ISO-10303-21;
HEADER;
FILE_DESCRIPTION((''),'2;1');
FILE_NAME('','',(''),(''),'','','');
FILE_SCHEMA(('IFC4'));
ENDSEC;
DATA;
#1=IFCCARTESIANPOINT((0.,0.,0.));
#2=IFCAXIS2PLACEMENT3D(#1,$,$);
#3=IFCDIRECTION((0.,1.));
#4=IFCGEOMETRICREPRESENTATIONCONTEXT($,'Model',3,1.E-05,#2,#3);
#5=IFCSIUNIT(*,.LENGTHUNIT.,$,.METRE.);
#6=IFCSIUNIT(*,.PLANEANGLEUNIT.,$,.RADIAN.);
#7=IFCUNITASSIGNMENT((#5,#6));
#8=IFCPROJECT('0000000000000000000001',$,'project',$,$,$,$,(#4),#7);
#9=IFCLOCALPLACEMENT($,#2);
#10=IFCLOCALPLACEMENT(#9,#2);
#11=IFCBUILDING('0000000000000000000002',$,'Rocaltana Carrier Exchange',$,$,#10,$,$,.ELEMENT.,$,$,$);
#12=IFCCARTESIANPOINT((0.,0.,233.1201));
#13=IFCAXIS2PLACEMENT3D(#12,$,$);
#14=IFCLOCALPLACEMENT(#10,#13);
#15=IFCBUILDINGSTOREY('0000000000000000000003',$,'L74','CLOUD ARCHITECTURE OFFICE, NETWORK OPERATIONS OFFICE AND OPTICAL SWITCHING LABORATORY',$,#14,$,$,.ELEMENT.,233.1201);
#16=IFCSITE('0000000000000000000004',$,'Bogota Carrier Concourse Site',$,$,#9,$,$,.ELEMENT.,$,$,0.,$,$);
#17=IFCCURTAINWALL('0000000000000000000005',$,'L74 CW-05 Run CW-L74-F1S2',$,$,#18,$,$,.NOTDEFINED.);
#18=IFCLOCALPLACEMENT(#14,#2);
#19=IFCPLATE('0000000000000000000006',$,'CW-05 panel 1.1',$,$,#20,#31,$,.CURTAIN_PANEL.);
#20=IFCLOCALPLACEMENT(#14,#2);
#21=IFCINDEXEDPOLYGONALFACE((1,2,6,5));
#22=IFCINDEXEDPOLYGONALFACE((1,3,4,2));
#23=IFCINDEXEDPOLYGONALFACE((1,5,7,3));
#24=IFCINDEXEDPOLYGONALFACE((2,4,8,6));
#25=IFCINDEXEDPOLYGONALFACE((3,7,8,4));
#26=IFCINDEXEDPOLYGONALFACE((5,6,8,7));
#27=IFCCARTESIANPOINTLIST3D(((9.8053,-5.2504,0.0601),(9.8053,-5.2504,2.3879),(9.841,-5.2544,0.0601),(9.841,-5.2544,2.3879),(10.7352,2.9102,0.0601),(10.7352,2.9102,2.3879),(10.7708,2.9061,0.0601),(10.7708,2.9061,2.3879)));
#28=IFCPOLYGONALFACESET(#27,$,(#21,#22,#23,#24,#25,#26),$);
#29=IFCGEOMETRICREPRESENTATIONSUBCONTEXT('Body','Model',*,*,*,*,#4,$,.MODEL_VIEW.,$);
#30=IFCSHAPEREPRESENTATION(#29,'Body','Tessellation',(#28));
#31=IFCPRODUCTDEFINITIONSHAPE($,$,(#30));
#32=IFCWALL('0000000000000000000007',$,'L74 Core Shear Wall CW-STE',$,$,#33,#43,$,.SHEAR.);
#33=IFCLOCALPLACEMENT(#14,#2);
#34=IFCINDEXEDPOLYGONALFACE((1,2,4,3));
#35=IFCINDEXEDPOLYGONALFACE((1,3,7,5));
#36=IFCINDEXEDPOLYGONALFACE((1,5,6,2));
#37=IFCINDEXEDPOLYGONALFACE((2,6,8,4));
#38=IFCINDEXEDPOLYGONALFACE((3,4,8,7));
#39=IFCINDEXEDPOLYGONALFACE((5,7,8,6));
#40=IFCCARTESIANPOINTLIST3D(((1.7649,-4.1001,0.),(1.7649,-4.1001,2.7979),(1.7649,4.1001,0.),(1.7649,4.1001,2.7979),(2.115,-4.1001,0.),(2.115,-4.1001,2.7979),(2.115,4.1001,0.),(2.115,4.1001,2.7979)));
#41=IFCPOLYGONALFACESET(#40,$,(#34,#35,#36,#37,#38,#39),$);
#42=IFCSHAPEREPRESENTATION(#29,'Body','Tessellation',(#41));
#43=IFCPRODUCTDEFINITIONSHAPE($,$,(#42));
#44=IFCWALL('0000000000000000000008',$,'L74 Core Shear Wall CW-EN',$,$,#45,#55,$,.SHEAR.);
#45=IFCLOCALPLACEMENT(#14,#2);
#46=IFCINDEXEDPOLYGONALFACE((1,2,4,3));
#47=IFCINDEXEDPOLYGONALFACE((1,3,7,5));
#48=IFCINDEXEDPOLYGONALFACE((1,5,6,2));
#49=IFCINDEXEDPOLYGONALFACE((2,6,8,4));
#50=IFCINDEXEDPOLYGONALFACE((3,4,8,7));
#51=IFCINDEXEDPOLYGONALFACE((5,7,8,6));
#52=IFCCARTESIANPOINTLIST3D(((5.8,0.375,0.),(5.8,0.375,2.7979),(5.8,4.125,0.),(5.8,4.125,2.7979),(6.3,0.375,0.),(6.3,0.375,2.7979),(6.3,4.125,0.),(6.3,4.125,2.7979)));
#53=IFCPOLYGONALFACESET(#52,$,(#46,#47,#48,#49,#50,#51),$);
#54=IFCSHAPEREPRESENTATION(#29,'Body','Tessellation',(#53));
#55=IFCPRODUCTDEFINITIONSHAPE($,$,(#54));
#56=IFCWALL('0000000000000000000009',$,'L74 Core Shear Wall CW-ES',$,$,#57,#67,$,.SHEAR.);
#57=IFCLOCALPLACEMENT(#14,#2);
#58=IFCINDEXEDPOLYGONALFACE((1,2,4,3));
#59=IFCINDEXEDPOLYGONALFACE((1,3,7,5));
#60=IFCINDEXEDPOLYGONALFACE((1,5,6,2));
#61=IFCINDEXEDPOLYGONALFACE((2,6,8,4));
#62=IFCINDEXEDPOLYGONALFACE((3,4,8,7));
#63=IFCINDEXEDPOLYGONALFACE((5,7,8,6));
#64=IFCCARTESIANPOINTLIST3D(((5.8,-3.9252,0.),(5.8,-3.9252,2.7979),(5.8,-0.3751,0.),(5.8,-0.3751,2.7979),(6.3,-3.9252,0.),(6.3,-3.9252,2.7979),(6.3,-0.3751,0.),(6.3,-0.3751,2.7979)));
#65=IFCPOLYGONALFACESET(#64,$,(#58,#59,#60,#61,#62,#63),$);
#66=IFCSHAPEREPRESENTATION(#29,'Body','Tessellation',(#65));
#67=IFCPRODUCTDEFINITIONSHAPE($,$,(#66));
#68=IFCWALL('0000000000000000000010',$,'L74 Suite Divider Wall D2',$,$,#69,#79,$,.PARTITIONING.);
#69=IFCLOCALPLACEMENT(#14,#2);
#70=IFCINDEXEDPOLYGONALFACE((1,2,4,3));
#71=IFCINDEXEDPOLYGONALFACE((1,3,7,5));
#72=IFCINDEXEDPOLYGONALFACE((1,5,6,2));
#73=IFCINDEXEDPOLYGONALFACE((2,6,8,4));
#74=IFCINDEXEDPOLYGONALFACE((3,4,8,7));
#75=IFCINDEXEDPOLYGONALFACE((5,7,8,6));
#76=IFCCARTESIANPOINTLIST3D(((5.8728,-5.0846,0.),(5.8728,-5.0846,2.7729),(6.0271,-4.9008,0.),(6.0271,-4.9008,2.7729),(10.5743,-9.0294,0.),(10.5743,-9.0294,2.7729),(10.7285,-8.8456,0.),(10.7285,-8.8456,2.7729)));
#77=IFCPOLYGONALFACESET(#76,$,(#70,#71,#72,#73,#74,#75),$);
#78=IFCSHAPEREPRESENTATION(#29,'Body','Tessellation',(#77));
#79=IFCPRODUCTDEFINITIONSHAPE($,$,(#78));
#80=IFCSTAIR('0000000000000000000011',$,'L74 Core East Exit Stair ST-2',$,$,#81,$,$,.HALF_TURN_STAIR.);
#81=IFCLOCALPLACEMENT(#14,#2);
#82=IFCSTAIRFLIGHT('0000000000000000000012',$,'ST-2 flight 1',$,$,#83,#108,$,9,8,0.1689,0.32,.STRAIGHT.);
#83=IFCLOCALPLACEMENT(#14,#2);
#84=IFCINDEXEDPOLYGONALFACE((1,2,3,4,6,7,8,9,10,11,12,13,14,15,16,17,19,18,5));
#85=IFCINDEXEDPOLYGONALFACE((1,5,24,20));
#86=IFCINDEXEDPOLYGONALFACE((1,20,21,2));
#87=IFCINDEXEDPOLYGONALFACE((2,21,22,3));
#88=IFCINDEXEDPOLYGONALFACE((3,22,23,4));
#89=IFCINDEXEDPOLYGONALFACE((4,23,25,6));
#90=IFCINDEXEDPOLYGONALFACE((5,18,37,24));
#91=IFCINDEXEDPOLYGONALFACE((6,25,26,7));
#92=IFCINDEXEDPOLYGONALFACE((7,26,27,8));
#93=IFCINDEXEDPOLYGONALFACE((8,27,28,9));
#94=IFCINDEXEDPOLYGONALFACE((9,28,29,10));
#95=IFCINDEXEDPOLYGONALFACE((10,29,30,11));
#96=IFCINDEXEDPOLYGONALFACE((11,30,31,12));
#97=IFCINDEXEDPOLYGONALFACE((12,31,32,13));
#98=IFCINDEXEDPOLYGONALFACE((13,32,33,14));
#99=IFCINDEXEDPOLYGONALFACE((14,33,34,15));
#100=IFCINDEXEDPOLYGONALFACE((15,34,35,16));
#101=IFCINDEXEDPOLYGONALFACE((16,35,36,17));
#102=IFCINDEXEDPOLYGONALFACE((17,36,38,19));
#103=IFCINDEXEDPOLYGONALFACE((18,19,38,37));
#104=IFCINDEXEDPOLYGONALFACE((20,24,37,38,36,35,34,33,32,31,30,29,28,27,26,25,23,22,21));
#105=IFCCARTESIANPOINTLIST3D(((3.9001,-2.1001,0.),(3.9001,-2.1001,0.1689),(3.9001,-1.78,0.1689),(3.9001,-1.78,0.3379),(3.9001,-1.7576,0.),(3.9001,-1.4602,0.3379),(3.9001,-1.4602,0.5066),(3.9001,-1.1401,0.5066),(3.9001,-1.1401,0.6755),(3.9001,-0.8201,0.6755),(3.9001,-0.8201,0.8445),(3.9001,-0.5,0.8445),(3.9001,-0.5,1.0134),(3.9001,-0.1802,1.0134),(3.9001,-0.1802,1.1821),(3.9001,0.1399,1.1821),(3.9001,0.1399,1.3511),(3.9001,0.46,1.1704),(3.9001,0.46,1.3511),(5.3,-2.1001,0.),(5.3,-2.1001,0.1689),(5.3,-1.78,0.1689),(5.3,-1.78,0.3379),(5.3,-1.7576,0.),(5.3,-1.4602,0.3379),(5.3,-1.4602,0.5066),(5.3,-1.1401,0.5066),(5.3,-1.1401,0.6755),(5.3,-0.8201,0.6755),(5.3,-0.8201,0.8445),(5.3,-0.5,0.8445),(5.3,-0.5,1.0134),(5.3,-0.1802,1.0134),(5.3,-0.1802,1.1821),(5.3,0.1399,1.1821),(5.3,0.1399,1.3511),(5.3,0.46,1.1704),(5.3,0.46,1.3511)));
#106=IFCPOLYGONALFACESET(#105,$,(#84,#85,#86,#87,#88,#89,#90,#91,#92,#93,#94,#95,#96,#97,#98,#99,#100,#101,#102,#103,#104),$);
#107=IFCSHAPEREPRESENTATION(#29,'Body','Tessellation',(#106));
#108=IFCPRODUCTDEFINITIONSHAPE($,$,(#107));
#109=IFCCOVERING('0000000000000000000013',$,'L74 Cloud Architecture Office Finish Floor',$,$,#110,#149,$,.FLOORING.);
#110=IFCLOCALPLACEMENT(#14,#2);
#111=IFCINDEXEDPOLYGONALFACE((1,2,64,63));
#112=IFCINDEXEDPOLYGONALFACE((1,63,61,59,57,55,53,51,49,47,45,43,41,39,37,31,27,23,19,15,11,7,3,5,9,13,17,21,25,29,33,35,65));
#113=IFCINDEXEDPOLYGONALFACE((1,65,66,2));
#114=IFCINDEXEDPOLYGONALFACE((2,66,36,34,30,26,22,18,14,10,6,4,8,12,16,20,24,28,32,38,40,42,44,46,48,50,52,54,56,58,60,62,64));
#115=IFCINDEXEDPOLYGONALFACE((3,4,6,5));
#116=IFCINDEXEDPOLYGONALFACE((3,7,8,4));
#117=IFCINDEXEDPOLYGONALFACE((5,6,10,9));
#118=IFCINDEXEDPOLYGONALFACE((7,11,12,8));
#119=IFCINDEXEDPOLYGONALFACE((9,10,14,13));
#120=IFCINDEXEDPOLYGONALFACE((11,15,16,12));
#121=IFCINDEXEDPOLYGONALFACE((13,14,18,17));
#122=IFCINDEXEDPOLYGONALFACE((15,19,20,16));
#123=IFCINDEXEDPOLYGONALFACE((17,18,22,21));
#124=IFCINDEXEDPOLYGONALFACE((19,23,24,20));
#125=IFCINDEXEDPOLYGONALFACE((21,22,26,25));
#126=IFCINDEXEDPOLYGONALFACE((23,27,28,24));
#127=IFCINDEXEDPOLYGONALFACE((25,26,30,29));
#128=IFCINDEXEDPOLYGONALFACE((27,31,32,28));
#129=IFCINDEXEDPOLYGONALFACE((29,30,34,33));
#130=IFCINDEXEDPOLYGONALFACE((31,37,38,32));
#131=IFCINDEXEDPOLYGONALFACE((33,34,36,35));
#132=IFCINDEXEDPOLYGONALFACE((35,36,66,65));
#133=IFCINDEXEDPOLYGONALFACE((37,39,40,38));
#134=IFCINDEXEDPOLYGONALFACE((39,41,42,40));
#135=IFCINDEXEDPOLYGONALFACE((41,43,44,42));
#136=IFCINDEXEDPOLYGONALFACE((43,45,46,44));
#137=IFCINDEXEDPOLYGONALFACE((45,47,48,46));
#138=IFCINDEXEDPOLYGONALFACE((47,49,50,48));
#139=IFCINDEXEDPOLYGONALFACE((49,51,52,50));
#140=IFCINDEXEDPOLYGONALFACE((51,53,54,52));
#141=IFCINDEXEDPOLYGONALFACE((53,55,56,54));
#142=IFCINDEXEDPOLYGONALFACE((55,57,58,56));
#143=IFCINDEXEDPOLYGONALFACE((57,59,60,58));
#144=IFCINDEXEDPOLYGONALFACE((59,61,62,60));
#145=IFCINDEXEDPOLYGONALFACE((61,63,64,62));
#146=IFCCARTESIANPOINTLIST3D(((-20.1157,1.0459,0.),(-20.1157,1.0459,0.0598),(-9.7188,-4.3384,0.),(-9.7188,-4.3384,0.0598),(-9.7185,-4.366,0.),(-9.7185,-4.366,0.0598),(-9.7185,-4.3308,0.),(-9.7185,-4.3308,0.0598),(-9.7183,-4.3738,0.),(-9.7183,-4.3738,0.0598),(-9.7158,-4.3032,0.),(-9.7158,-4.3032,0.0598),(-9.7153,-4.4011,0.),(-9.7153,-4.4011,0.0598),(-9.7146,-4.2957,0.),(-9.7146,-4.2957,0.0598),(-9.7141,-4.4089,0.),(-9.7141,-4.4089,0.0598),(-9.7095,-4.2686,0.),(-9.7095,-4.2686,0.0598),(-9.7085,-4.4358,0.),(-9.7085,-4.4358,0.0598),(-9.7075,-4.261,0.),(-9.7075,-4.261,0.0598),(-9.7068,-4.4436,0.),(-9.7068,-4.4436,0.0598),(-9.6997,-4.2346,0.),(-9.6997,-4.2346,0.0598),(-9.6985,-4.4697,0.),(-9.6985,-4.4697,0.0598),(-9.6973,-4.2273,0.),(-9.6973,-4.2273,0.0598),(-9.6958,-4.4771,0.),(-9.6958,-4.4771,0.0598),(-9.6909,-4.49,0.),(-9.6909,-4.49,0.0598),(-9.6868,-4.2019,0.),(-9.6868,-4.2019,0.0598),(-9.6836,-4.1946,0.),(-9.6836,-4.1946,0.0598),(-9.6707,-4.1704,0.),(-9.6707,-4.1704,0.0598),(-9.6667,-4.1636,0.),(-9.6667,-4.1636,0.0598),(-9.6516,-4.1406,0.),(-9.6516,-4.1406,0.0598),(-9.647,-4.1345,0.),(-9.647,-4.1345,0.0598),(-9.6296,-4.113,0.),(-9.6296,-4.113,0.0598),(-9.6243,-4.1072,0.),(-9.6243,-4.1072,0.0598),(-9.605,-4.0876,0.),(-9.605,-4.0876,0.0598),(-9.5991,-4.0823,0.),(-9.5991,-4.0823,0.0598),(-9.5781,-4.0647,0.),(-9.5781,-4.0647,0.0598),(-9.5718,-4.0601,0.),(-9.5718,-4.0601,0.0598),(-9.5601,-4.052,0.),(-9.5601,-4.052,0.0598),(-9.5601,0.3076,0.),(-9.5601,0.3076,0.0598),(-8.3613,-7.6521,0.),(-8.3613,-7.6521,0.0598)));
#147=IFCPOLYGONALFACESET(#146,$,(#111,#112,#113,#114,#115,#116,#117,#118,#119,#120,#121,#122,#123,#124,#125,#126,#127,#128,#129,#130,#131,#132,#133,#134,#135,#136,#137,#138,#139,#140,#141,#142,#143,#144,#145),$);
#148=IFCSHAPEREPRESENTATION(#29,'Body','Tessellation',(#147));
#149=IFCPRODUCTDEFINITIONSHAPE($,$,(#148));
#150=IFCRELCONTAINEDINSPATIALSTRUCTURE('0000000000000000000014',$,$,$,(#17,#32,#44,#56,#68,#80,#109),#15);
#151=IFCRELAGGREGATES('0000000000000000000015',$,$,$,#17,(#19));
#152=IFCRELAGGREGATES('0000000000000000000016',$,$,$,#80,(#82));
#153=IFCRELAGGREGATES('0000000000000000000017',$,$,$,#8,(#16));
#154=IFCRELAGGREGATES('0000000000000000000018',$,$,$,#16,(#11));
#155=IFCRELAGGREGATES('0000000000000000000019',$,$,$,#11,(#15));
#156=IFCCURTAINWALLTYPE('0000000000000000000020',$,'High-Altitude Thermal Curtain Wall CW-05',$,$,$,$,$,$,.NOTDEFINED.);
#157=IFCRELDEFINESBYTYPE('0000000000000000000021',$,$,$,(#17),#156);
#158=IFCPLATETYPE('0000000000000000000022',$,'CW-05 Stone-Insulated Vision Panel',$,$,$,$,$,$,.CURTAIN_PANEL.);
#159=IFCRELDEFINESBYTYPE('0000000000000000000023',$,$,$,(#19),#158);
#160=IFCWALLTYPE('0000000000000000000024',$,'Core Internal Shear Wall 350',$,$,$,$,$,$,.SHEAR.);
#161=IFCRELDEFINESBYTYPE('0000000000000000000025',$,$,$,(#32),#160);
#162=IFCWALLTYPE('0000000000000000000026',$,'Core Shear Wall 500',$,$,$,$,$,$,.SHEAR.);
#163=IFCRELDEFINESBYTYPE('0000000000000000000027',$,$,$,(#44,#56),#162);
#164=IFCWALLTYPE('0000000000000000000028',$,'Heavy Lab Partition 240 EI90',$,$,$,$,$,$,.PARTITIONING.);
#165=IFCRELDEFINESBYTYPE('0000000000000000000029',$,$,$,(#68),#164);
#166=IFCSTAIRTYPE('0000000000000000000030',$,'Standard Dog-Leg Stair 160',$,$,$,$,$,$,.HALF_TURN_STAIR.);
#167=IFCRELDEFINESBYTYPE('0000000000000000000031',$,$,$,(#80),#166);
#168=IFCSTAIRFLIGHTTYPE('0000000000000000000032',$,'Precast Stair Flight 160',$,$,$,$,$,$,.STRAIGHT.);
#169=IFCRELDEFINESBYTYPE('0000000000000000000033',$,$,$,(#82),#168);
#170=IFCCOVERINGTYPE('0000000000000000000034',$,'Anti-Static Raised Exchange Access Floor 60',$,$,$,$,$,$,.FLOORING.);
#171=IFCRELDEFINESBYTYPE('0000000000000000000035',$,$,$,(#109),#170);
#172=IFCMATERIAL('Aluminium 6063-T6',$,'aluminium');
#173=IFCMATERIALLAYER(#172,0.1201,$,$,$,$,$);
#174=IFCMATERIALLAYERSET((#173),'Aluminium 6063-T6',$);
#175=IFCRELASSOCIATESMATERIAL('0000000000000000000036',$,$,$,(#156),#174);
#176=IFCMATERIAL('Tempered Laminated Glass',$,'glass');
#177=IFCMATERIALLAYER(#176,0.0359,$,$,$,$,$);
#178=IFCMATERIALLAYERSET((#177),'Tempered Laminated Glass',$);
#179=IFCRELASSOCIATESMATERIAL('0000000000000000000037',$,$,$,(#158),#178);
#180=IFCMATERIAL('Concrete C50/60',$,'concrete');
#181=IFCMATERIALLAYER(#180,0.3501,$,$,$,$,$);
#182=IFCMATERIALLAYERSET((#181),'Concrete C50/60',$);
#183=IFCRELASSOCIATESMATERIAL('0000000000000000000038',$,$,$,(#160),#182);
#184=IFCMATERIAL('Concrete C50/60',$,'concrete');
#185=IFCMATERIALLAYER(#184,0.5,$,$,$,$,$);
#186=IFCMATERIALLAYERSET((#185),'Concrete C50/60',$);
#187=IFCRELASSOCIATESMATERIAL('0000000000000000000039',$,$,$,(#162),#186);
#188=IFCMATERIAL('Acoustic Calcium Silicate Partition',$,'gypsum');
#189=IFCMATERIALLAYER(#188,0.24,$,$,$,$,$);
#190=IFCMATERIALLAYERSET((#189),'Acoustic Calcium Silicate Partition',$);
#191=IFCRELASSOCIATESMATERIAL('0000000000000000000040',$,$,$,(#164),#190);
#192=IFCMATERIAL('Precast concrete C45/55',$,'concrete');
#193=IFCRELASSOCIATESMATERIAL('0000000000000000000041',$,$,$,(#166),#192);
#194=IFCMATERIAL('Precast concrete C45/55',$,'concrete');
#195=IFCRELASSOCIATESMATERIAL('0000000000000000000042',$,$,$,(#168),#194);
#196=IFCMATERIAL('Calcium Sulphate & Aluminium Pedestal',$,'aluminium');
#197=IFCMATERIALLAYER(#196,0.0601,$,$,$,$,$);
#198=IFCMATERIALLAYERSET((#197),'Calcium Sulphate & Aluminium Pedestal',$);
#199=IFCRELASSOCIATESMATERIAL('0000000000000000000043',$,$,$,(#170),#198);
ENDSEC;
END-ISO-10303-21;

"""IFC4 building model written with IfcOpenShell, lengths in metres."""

from ifc_helpers import new_model, si_unit, direction, frame, frame_2d, origin, origin_2d, place, context, subcontext, project, spatial, polyline, rectangle, outline, extrude, material, layer, layer_set, type_object, element, aggregate, save


model = new_model("IFC4")

# Units and contexts
model_context = context("Model", 3, precision=1e-05, world=origin(), true_north=direction((0.0, 1.0)))
body_context = subcontext(model_context, "Body", "Model", "MODEL_VIEW")
ifc_project = project(units=[si_unit("LENGTHUNIT", "METRE"), si_unit("PLANEANGLEUNIT", "RADIAN")], contexts=[model_context])

# Site, building, storey
site_placement = place(None, origin())
site = spatial("IfcSite", under=ifc_project, at=site_placement, Name="Bogota Carrier Concourse Site", CompositionType="ELEMENT", RefElevation=0.0)
building_placement = place(site_placement, origin())
building = spatial("IfcBuilding", under=site, at=building_placement, Name="Rocaltana Carrier Exchange", CompositionType="ELEMENT")
storey_placement = place(building_placement, frame((0.0, 0.0, 233.1201)))
storey = spatial("IfcBuildingStorey", under=building, at=storey_placement, Name="L74", Description="CLOUD ARCHITECTURE OFFICE, NETWORK OPERATIONS OFFICE AND OPTICAL SWITCHING LABORATORY", CompositionType="ELEMENT", Elevation=233.1201)

# Curtain wall
ifc_material_1 = material(Name="Aluminium 6063-T6", Category="aluminium")
ifc_layer_1 = layer(ifc_material_1, 0.1201)
ifc_layer_set_1 = layer_set([ifc_layer_1], Name="Aluminium 6063-T6")
curtain_wall_type = type_object("IfcCurtainWallType", Name="High-Altitude Thermal Curtain Wall CW-05", PredefinedType="NOTDEFINED", material=ifc_layer_set_1)
curtain_wall_placement = place(storey_placement, origin())
curtain_wall = element("IfcCurtainWall", 1, at=curtain_wall_placement, inside=storey, type_object=curtain_wall_type, Name="L74 CW-05 Run CW-L74-F1S2", PredefinedType="NOTDEFINED")

# Plate
ifc_material_2 = material(Name="Tempered Laminated Glass", Category="glass")
ifc_layer_2 = layer(ifc_material_2, 0.0359)
ifc_layer_set_2 = layer_set([ifc_layer_2], Name="Tempered Laminated Glass")
plate_type = type_object("IfcPlateType", Name="CW-05 Stone-Insulated Vision Panel", PredefinedType="CURTAIN_PANEL", material=ifc_layer_set_2)
plate_placement = place(storey_placement, frame((10.2881, -1.1721, 0.0601), z_axis=(0.0, 0.0, 1.0), x_axis=(0.113209, 0.993571, 0.0)))
plate = element("IfcPlate", 2, at=plate_placement, type_object=plate_type, Name="CW-05 panel 1.1", PredefinedType="CURTAIN_PANEL", context=body_context, shape_type="SweptSolid", body=[
    extrude(rectangle(XDim=8.2134, YDim=0.0359, at=origin_2d()), origin(), (0.0, 0.0, 1.0), 2.3279),
])
aggregate(curtain_wall, [plate])

# Walls
ifc_material_3 = material(Name="Concrete C50/60", Category="concrete")
ifc_layer_3 = layer(ifc_material_3, 0.3501)
ifc_layer_set_3 = layer_set([ifc_layer_3], Name="Concrete C50/60")
wall_type_1 = type_object("IfcWallType", Name="Core Internal Shear Wall 350", PredefinedType="SHEAR", material=ifc_layer_set_3)
wall_1_placement = place(storey_placement, frame((1.9399, -4.1001, 0.0), z_axis=(0.0, 0.0, 1.0), x_axis=(0.0, 1.0, 0.0)))
element("IfcWall", 3, at=wall_1_placement, inside=storey, type_object=wall_type_1, Name="L74 Core Shear Wall CW-STE", PredefinedType="SHEAR", context=body_context, shape_type="SweptSolid", body=[
    extrude(rectangle(XDim=8.2002, YDim=0.3501, at=frame_2d((4.1001, 0.0))), origin(), (0.0, 0.0, 1.0), 2.7979),
])
ifc_material_4 = material(Name="Concrete C50/60", Category="concrete")
ifc_layer_4 = layer(ifc_material_4, 0.5)
ifc_layer_set_4 = layer_set([ifc_layer_4], Name="Concrete C50/60")
wall_type_2 = type_object("IfcWallType", Name="Core Shear Wall 500", PredefinedType="SHEAR", material=ifc_layer_set_4)
wall_2_placement = place(storey_placement, frame((6.05, 0.375, 0.0), z_axis=(0.0, 0.0, 1.0), x_axis=(0.0, 1.0, 0.0)))
element("IfcWall", 4, at=wall_2_placement, inside=storey, type_object=wall_type_2, Name="L74 Core Shear Wall CW-EN", PredefinedType="SHEAR", context=body_context, shape_type="SweptSolid", body=[
    extrude(rectangle(XDim=3.75, YDim=0.5, at=frame_2d((1.875, 0.0))), origin(), (0.0, 0.0, 1.0), 2.7979),
])
wall_3_placement = place(storey_placement, frame((6.05, -3.925, 0.0), z_axis=(0.0, 0.0, 1.0), x_axis=(0.0, 1.0, 0.0)))
element("IfcWall", 5, at=wall_3_placement, inside=storey, type_object=wall_type_2, Name="L74 Core Shear Wall CW-ES", PredefinedType="SHEAR", context=body_context, shape_type="SweptSolid", body=[
    extrude(rectangle(XDim=3.55, YDim=0.5, at=frame_2d((1.7749, 0.0))), origin(), (0.0, 0.0, 1.0), 2.7979),
])
ifc_material_5 = material(Name="Acoustic Calcium Silicate Partition", Category="gypsum")
ifc_layer_5 = layer(ifc_material_5, 0.24)
ifc_layer_set_5 = layer_set([ifc_layer_5], Name="Acoustic Calcium Silicate Partition")
wall_type_3 = type_object("IfcWallType", Name="Heavy Lab Partition 240 EI90", PredefinedType="PARTITIONING", material=ifc_layer_set_5)
wall_4_placement = place(storey_placement, frame((5.95, -4.9927, 0.0), z_axis=(0.0, 0.0, 1.0), x_axis=(0.766055, -0.642775, 0.0)))
element("IfcWall", 6, at=wall_4_placement, inside=storey, type_object=wall_type_3, Name="L74 Suite Divider Wall D2", PredefinedType="PARTITIONING", context=body_context, shape_type="SweptSolid", body=[
    extrude(rectangle(XDim=6.1372, YDim=0.24, at=frame_2d((3.0686, 0.0))), origin(), (0.0, 0.0, 1.0), 2.7729),
])

# Stair, stair flight
ifc_material_6 = material(Name="Precast concrete C45/55", Category="concrete")
stair_type = type_object("IfcStairType", Name="Standard Dog-Leg Stair 160", PredefinedType="HALF_TURN_STAIR", material=ifc_material_6)
stair_placement = place(storey_placement, origin())
stair = element("IfcStair", 7, at=stair_placement, inside=storey, type_object=stair_type, Name="L74 Core East Exit Stair ST-2", PredefinedType="HALF_TURN_STAIR")
ifc_material_7 = material(Name="Precast concrete C45/55", Category="concrete")
stair_flight_type = type_object("IfcStairFlightType", Name="Precast Stair Flight 160", PredefinedType="STRAIGHT", material=ifc_material_7)
stair_flight_placement = place(storey_placement, frame((4.6001, -2.1001, 0.0), z_axis=(0.0, 0.0, 1.0), x_axis=(0.0, 1.0, 0.0)))
stair_flight = element("IfcStairFlight", 8, at=stair_flight_placement, type_object=stair_flight_type, Name="ST-2 flight 1", NumberOfRisers=9, NumberOfTreads=8, PredefinedType="STRAIGHT", RiserHeight=0.1689, TreadLength=0.32, context=body_context, shape_type="SweptSolid", body=[
    extrude(outline(polyline([(0.0, 0.0), (0.0, 0.1689), (0.3201, 0.1689), (0.3201, 0.3379), (0.6399, 0.3379), (0.6399, 0.5066), (0.96, 0.5066), (0.96, 0.6755), (1.28, 0.6755), (1.28, 0.8445), (1.6001, 0.8445), (1.6001, 1.0134), (1.9199, 1.0134), (1.9199, 1.1821), (2.24, 1.1821), (2.24, 1.3511), (2.5601, 1.3511), (2.5601, 1.52), (2.5601, 1.1704), (0.3425, 0.0), (0.0, 0.0)])), frame((0.0, 0.7, 0.0), z_axis=(0.0, -1.0, 0.0), x_axis=(1.0, 0.0, 0.0)), (0.0, 0.0, 1.0), 1.3999),
])
aggregate(stair, [stair_flight])

# Covering
ifc_material_8 = material(Name="Calcium Sulphate & Aluminium Pedestal", Category="aluminium")
ifc_layer_6 = layer(ifc_material_8, 0.0601)
ifc_layer_set_6 = layer_set([ifc_layer_6], Name="Calcium Sulphate & Aluminium Pedestal")
covering_type_1 = type_object("IfcCoveringType", Name="Anti-Static Raised Exchange Access Floor 60", PredefinedType="FLOORING", material=ifc_layer_set_6)
covering_1_placement = place(storey_placement, origin())
element("IfcCovering", 9, at=covering_1_placement, inside=storey, type_object=covering_type_1, Name="L74 Cloud Architecture Office Finish Floor", PredefinedType="FLOORING", context=body_context, shape_type="SweptSolid", body=[
    extrude(outline(polyline([(-20.1157, 1.0459), (-9.5601, 0.3076), (-9.5601, -4.052), (-9.5718, -4.0601), (-9.5781, -4.0647), (-9.5991, -4.0823), (-9.605, -4.0876), (-9.6243, -4.1072), (-9.6296, -4.113), (-9.647, -4.1345), (-9.6516, -4.1406), (-9.6667, -4.1636), (-9.6707, -4.1704), (-9.6836, -4.1946), (-9.6868, -4.2019), (-9.6973, -4.2273), (-9.6997, -4.2346), (-9.7075, -4.261), (-9.7095, -4.2686), (-9.7146, -4.2957), (-9.7158, -4.3032), (-9.7185, -4.3308), (-9.7188, -4.3384), (-9.7185, -4.366), (-9.7183, -4.3738), (-9.7153, -4.4011), (-9.7141, -4.4089), (-9.7085, -4.4358), (-9.7068, -4.4436), (-9.6985, -4.4697), (-9.6958, -4.4771), (-9.6909, -4.49), (-8.3613, -7.6521), (-20.1157, 1.0459)])), origin(), (0.0, 0.0, 1.0), 0.0598),
])

save(model, "model.ifc")
